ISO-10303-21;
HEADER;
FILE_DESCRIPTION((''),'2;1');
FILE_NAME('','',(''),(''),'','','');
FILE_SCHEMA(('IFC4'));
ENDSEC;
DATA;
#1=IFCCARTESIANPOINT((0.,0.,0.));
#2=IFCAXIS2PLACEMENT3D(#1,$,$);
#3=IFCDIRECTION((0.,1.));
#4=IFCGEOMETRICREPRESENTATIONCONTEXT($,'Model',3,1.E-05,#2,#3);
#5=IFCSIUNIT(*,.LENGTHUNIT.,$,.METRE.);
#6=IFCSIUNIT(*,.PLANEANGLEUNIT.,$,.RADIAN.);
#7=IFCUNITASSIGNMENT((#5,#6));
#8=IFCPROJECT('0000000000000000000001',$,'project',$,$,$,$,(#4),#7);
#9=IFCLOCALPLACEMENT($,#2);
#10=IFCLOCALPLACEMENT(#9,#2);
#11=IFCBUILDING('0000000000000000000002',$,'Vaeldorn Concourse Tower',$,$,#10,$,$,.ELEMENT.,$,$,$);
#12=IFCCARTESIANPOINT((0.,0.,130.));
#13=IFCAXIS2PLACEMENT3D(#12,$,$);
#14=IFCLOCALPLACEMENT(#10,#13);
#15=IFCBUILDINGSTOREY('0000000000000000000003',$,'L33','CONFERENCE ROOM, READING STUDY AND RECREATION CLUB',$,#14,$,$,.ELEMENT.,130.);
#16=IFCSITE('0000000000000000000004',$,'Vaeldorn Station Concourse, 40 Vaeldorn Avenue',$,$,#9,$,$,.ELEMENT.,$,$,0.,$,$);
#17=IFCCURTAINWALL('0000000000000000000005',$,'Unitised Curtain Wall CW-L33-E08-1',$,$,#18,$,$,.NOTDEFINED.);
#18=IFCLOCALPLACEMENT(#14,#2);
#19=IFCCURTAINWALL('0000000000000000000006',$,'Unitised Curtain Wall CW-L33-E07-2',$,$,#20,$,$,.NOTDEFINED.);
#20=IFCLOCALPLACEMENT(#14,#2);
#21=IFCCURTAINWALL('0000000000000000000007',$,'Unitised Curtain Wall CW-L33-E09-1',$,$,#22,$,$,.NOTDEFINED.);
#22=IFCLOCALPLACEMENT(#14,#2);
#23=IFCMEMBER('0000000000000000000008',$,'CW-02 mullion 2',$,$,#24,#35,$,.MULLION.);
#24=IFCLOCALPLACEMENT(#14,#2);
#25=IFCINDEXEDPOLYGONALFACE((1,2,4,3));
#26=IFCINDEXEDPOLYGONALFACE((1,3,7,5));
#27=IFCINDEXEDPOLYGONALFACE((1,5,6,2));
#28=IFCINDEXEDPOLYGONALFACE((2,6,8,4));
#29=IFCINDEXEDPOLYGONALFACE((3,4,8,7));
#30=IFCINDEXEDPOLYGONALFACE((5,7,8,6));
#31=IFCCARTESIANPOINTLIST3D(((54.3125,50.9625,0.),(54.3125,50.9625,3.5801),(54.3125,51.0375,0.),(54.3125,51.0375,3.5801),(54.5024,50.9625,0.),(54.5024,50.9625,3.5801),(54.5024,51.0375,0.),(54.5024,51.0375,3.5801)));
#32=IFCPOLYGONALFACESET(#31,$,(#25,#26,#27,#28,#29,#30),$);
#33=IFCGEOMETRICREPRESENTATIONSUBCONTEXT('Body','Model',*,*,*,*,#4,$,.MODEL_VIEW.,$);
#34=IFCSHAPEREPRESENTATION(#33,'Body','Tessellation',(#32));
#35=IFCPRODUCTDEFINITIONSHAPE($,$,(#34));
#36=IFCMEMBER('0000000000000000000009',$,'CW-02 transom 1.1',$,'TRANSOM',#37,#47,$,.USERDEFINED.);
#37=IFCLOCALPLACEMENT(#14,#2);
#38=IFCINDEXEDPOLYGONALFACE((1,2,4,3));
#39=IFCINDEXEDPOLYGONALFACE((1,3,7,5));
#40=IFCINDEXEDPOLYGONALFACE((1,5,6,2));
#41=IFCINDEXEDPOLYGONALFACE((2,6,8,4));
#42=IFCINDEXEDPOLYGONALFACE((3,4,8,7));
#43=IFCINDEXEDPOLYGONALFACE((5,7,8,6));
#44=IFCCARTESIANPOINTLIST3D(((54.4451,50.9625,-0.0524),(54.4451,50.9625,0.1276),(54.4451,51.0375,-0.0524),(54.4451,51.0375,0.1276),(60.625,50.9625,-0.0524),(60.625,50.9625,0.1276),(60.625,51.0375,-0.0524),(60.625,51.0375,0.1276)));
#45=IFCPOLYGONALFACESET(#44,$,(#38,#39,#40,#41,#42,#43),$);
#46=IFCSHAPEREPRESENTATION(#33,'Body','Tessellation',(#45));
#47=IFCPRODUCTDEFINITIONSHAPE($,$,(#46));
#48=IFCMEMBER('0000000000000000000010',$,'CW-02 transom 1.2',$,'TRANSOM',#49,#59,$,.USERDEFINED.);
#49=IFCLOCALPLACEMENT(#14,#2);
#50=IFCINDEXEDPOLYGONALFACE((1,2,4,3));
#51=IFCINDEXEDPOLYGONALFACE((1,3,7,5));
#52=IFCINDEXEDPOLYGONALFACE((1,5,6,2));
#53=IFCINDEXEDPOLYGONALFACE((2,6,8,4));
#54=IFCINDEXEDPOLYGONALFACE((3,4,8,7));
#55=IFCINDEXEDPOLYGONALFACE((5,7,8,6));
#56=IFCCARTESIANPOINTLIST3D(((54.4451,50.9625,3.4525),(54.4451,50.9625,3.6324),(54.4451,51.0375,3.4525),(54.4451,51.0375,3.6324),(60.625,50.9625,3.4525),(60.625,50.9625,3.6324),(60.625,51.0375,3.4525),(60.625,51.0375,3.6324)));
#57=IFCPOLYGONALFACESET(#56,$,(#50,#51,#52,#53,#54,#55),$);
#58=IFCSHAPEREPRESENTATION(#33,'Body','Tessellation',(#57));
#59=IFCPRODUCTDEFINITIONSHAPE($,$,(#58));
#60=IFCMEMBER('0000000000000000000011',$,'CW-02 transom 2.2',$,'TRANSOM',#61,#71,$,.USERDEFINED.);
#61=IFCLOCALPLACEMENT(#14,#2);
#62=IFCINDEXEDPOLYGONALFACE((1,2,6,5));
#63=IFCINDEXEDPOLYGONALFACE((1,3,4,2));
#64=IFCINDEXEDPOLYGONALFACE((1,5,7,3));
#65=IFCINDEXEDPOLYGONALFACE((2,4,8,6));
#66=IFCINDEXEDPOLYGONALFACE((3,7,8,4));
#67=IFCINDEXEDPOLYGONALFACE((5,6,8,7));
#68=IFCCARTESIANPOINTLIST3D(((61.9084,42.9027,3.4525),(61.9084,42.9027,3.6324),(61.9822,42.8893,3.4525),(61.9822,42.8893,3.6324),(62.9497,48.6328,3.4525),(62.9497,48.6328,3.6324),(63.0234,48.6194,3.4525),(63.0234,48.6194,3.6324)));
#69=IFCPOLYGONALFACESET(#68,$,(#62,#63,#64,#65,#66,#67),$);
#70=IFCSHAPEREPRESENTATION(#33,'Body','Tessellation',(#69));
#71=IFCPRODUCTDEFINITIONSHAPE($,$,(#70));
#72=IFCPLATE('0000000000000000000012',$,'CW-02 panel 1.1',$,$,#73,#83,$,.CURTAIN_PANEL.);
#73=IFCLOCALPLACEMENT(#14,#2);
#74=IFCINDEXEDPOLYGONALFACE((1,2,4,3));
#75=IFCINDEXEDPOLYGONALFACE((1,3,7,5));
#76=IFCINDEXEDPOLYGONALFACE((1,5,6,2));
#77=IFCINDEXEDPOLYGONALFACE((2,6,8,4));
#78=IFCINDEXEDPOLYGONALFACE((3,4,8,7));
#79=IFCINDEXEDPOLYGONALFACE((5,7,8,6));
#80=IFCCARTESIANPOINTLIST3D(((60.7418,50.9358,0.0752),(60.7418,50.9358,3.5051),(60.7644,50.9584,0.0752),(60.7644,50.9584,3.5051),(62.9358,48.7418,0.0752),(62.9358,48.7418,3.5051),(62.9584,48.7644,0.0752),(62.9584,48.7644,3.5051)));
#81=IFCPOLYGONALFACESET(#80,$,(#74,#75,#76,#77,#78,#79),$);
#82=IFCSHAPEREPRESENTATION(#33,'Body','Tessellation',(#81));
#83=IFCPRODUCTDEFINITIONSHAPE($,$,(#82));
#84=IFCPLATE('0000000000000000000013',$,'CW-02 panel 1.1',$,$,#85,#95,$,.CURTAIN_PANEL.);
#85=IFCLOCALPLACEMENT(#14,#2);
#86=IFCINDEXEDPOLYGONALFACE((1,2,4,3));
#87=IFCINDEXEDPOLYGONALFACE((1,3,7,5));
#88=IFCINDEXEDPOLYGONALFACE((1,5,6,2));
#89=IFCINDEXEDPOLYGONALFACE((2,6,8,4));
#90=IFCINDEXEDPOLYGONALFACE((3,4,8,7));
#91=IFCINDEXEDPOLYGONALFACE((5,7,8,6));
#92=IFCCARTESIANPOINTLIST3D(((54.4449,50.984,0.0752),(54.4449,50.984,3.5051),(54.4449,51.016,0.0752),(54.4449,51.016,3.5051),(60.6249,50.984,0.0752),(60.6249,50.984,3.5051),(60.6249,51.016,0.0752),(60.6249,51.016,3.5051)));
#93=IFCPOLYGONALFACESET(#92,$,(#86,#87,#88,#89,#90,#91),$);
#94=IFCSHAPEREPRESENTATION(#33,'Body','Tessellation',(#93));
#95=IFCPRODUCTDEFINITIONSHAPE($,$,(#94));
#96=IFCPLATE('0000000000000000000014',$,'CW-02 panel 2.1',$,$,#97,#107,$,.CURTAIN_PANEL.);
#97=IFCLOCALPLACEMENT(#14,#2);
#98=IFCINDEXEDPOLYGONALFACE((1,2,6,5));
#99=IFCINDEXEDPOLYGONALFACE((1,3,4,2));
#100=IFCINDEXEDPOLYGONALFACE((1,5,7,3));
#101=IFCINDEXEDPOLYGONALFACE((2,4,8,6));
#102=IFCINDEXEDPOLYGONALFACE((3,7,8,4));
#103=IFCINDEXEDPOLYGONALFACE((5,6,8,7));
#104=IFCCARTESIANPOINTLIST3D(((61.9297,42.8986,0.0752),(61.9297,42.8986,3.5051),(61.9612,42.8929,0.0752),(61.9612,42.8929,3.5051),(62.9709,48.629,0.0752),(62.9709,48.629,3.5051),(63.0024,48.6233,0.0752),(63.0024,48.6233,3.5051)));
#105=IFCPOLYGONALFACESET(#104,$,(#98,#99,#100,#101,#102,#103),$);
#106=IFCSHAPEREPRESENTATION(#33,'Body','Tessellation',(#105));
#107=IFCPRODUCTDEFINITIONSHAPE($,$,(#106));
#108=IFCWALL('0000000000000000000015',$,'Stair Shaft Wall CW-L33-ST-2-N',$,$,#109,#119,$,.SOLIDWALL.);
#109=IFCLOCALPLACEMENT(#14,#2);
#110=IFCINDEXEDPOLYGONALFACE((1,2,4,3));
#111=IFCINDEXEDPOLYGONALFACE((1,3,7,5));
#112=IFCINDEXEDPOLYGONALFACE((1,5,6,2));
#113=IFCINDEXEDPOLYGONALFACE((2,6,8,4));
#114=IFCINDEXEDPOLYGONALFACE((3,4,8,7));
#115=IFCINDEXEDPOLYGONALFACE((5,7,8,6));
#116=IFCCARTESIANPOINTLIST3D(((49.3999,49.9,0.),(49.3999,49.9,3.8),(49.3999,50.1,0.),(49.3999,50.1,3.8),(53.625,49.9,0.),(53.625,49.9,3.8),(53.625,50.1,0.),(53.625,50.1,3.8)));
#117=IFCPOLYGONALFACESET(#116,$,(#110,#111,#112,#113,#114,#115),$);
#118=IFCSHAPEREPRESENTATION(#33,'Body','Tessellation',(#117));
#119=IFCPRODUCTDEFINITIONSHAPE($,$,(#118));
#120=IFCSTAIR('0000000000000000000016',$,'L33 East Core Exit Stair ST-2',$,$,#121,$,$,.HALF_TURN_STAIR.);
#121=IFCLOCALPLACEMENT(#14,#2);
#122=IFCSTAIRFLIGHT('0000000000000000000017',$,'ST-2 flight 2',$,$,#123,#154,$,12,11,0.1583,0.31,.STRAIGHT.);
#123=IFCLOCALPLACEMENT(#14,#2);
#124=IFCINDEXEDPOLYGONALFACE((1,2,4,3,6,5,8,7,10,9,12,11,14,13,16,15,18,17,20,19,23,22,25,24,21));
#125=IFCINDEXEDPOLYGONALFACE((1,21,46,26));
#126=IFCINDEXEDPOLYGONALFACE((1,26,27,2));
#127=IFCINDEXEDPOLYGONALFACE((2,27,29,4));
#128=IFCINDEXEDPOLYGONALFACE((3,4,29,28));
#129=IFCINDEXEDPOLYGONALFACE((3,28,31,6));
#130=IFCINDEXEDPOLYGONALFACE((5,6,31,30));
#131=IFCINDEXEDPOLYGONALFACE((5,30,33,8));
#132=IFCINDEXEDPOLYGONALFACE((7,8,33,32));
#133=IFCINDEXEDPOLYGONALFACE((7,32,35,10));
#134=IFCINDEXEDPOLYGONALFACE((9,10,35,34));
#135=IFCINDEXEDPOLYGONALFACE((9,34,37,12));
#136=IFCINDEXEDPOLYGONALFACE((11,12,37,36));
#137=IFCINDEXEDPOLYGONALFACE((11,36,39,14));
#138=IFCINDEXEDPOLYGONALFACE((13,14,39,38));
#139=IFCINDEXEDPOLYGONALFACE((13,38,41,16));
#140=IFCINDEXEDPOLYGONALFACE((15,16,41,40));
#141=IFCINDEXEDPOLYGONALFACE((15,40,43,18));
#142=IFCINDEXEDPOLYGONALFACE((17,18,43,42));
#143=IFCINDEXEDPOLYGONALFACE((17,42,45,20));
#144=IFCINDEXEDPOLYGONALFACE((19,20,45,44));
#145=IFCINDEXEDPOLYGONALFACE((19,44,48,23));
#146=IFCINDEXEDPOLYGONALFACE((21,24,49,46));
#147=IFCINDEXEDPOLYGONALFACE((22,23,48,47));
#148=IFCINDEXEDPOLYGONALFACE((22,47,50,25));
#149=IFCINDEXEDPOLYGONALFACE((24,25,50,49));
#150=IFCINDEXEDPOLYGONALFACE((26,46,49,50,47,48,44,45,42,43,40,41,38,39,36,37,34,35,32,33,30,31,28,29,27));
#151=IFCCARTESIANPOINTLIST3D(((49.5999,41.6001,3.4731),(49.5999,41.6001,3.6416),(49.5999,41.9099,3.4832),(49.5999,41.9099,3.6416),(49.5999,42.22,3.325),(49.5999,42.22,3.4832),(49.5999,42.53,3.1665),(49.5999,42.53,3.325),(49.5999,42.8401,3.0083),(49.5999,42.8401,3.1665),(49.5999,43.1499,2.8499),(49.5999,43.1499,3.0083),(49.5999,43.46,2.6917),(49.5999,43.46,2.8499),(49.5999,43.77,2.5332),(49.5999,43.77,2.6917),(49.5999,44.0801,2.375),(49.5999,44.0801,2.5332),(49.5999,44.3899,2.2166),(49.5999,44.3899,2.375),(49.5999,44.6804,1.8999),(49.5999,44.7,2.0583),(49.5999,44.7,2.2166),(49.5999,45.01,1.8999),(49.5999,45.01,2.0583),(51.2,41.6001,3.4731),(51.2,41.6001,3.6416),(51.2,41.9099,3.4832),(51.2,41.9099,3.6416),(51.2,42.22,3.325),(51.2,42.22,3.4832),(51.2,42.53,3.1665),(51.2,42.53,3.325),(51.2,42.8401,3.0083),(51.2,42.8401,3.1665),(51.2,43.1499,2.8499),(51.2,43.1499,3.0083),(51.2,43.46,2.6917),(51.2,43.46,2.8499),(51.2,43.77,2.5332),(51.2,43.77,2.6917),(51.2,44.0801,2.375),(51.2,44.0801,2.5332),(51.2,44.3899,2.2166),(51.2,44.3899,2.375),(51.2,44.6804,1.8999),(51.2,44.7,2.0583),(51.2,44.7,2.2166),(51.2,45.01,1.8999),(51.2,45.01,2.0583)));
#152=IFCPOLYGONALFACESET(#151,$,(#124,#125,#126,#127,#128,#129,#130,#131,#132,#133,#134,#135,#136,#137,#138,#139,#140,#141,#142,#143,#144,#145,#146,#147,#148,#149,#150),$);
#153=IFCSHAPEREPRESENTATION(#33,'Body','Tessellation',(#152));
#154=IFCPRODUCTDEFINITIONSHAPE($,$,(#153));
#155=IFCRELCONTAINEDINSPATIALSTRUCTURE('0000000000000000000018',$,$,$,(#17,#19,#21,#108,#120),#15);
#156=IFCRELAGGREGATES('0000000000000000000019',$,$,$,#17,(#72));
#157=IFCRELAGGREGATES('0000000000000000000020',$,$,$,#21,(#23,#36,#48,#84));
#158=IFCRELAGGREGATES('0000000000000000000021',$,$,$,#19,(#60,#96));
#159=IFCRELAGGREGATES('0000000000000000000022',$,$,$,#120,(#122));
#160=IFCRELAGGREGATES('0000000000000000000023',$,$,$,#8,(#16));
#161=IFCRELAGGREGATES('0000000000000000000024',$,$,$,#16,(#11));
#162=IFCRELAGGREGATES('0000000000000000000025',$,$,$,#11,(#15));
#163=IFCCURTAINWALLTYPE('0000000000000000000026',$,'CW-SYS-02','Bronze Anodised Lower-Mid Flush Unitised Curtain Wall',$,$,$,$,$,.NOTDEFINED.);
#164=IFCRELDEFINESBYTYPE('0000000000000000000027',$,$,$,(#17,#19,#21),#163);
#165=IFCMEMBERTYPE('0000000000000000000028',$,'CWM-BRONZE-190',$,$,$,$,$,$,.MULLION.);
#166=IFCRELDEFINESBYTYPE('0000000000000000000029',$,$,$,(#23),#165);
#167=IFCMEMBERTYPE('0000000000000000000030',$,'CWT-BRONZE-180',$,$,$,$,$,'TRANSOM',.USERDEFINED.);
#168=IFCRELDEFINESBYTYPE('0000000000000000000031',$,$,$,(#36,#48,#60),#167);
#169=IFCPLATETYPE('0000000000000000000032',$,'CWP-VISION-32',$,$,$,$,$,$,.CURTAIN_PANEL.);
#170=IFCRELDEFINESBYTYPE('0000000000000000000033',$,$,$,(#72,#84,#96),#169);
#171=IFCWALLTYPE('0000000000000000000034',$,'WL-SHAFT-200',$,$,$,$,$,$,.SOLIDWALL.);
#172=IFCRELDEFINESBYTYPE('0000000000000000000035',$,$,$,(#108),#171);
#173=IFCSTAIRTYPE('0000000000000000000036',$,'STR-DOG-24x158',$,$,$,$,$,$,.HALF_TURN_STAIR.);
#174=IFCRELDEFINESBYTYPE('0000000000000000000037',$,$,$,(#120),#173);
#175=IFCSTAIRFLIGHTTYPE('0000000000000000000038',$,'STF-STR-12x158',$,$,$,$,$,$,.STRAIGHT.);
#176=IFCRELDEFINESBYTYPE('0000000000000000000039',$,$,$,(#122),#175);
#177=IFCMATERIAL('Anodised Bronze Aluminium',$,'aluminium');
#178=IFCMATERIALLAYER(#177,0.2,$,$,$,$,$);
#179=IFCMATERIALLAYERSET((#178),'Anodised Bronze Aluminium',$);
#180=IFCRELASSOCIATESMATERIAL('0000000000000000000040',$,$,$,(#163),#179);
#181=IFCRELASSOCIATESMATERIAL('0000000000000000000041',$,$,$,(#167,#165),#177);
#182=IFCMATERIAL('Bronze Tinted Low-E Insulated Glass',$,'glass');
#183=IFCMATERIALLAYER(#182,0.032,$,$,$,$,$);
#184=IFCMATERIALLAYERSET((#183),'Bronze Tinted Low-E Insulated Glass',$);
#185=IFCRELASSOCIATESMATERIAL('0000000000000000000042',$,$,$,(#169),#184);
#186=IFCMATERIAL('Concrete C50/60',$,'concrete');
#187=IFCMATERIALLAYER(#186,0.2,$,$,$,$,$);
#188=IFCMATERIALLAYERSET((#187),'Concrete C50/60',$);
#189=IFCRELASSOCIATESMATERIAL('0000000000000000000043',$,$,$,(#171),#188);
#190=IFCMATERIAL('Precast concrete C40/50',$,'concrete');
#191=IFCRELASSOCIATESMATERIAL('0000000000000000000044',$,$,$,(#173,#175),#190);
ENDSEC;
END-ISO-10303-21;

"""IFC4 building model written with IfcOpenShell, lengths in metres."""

from ifc_helpers import new_model, si_unit, direction, frame, frame_2d, origin, origin_2d, place, context, subcontext, project, spatial, polyline, rectangle, outline, extrude, source, transform, mapped, material, layer, layer_set, material_profile, profile_set, type_object, element, aggregate, save


model = new_model("IFC4")

# Units and contexts
model_context = context("Model", 3, precision=1e-05, world=origin(), true_north=direction((0.0, 1.0)))
body_context = subcontext(model_context, "Body", "Model", "MODEL_VIEW")
ifc_project = project(units=[si_unit("LENGTHUNIT", "METRE"), si_unit("PLANEANGLEUNIT", "RADIAN")], contexts=[model_context])

# Site, building, storey
site_placement = place(None, origin())
site = spatial("IfcSite", under=ifc_project, at=site_placement, Name="Vaeldorn Station Concourse, 40 Vaeldorn Avenue", CompositionType="ELEMENT", RefElevation=0.0)
building_placement = place(site_placement, origin())
building = spatial("IfcBuilding", under=site, at=building_placement, Name="Vaeldorn Concourse Tower", CompositionType="ELEMENT")
storey_placement = place(building_placement, frame((0.0, 0.0, 130.0)))
storey = spatial("IfcBuildingStorey", under=building, at=storey_placement, Name="L33", Description="CONFERENCE ROOM, READING STUDY AND RECREATION CLUB", CompositionType="ELEMENT", Elevation=130.0)

# Curtain wall
ifc_material_1 = material(Name="Anodised Bronze Aluminium", Category="aluminium")
ifc_layer_1 = layer(ifc_material_1, 0.2)
ifc_layer_set_1 = layer_set([ifc_layer_1], Name="Anodised Bronze Aluminium")
curtain_wall_type = type_object("IfcCurtainWallType", Name="CW-SYS-02", Description="Bronze Anodised Lower-Mid Flush Unitised Curtain Wall", PredefinedType="NOTDEFINED", material=ifc_layer_set_1)
curtain_wall_1_placement = place(storey_placement, origin())
curtain_wall_1 = element("IfcCurtainWall", 1, at=curtain_wall_1_placement, inside=storey, type_object=curtain_wall_type, Name="Unitised Curtain Wall CW-L33-E08-1", PredefinedType="NOTDEFINED")
ifc_material_profile_1 = material_profile(ifc_material_1, rectangle(XDim=0.075, YDim=0.1799, at=origin_2d()), Name="CWT 75x180")
ifc_profile_set_1 = profile_set([ifc_material_profile_1], Name="Anodised Bronze Aluminium")
member_type_1 = type_object("IfcMemberType", Name="CWT-BRONZE-180", ElementType="TRANSOM", PredefinedType="USERDEFINED", material=ifc_profile_set_1)

# Curtain wall
curtain_wall_2_placement = place(storey_placement, origin())
curtain_wall_2 = element("IfcCurtainWall", 2, at=curtain_wall_2_placement, inside=storey, type_object=curtain_wall_type, Name="Unitised Curtain Wall CW-L33-E07-2", PredefinedType="NOTDEFINED")
ifc_material_profile_2 = material_profile(ifc_material_1, rectangle(XDim=0.075, YDim=0.1899, at=origin_2d()), Name="CWM 75x190")
ifc_profile_set_2 = profile_set([ifc_material_profile_2], Name="Anodised Bronze Aluminium")
member_type_2 = type_object("IfcMemberType", Name="CWM-BRONZE-190", PredefinedType="MULLION", material=ifc_profile_set_2)
shared_shape_1 = source(origin(), body_context, "Body", "SweptSolid", [
    extrude(rectangle(XDim=0.075, YDim=0.1899, at=origin_2d()), origin(), (0.0, 0.0, 1.0), 3.5801),
])

# Curtain wall, members
curtain_wall_3_placement = place(storey_placement, origin())
curtain_wall_3 = element("IfcCurtainWall", 3, at=curtain_wall_3_placement, inside=storey, type_object=curtain_wall_type, Name="Unitised Curtain Wall CW-L33-E09-1", PredefinedType="NOTDEFINED")
member_1_placement = place(storey_placement, frame((54.4075, 51.0, 0.0), z_axis=(0.0, 0.0, 1.0), x_axis=(0.0, -1.0, 0.0)))
member_1 = element("IfcMember", 4, at=member_1_placement, type_object=member_type_2, Name="CW-02 mullion 2", PredefinedType="MULLION", context=body_context, shape_type="MappedRepresentation", body=[
    mapped(shared_shape_1, transform((0.0, 0.0, 0.0), scale=1.0)),
])
shared_shape_2 = source(origin(), body_context, "Body", "SweptSolid", [
    extrude(rectangle(XDim=0.075, YDim=0.1799, at=origin_2d()), origin(), (0.0, 0.0, 1.0), 6.1799),
])
member_2_placement = place(storey_placement, frame((60.625, 51.0, 0.0376), z_axis=(-1.0, 0.0, 0.0), x_axis=(0.0, -1.0, 0.0)))
member_2 = element("IfcMember", 5, at=member_2_placement, type_object=member_type_1, Name="CW-02 transom 1.1", ObjectType="TRANSOM", PredefinedType="USERDEFINED", context=body_context, shape_type="MappedRepresentation", body=[
    mapped(shared_shape_2, transform((0.0, 0.0, 0.0), scale=1.0)),
])
member_3_placement = place(storey_placement, frame((60.625, 51.0, 3.5425), z_axis=(-1.0, 0.0, 0.0), x_axis=(0.0, -1.0, 0.0)))
member_3 = element("IfcMember", 6, at=member_3_placement, type_object=member_type_1, Name="CW-02 transom 1.2", ObjectType="TRANSOM", PredefinedType="USERDEFINED", context=body_context, shape_type="MappedRepresentation", body=[
    mapped(shared_shape_2, transform((0.0, 0.0, 0.0), scale=1.0)),
])

# Member
shared_shape_3 = source(origin(), body_context, "Body", "SweptSolid", [
    extrude(rectangle(XDim=0.075, YDim=0.1799, at=origin_2d()), origin(), (0.0, 0.0, 1.0), 5.824),
])
member_4_placement = place(storey_placement, frame((61.9453, 42.896, 3.5425), z_axis=(0.178786, 0.983888, 0.0), x_axis=(-0.983888, 0.178786, 0.0)))
member_4 = element("IfcMember", 7, at=member_4_placement, type_object=member_type_1, Name="CW-02 transom 2.2", ObjectType="TRANSOM", PredefinedType="USERDEFINED", context=body_context, shape_type="MappedRepresentation", body=[
    mapped(shared_shape_3, transform((0.0, 0.0, 0.0), scale=1.0)),
])

# Plates
ifc_material_2 = material(Name="Bronze Tinted Low-E Insulated Glass", Category="glass")
ifc_layer_2 = layer(ifc_material_2, 0.032)
ifc_layer_set_2 = layer_set([ifc_layer_2], Name="Bronze Tinted Low-E Insulated Glass")
plate_type = type_object("IfcPlateType", Name="CWP-VISION-32", PredefinedType="CURTAIN_PANEL", material=ifc_layer_set_2)
shared_shape_4 = source(origin(), body_context, "Body", "SweptSolid", [
    extrude(rectangle(XDim=3.1028, YDim=0.032, at=origin_2d()), origin(), (0.0, 0.0, 1.0), 3.4299),
])
plate_1_placement = place(storey_placement, frame((61.8501, 49.8501, 0.0752), z_axis=(0.0, 0.0, 1.0), x_axis=(-0.707107, 0.707107, 0.0)))
plate_1 = element("IfcPlate", 8, at=plate_1_placement, type_object=plate_type, Name="CW-02 panel 1.1", PredefinedType="CURTAIN_PANEL", context=body_context, shape_type="MappedRepresentation", body=[
    mapped(shared_shape_4, transform((0.0, 0.0, 0.0), scale=1.0)),
])
aggregate(curtain_wall_1, [plate_1])
shared_shape_5 = source(origin(), body_context, "Body", "SweptSolid", [
    extrude(rectangle(XDim=6.1799, YDim=0.032, at=origin_2d()), origin(), (0.0, 0.0, 1.0), 3.4299),
])
plate_2_placement = place(storey_placement, frame((57.5349, 51.0, 0.0752), z_axis=(0.0, 0.0, 1.0), x_axis=(-1.0, 0.0, 0.0)))
plate_2 = element("IfcPlate", 9, at=plate_2_placement, type_object=plate_type, Name="CW-02 panel 1.1", PredefinedType="CURTAIN_PANEL", context=body_context, shape_type="MappedRepresentation", body=[
    mapped(shared_shape_5, transform((0.0, 0.0, 0.0), scale=1.0)),
])
aggregate(curtain_wall_3, [member_1, member_2, member_3, plate_2])
shared_shape_6 = source(origin(), body_context, "Body", "SweptSolid", [
    extrude(rectangle(XDim=5.8242, YDim=0.032, at=origin_2d()), origin(), (0.0, 0.0, 1.0), 3.4299),
])
plate_3_placement = place(storey_placement, frame((62.4661, 45.761, 0.0752), z_axis=(0.0, 0.0, 1.0), x_axis=(0.178771, 0.983891, 0.0)))
plate_3 = element("IfcPlate", 10, at=plate_3_placement, type_object=plate_type, Name="CW-02 panel 2.1", PredefinedType="CURTAIN_PANEL", context=body_context, shape_type="MappedRepresentation", body=[
    mapped(shared_shape_6, transform((0.0, 0.0, 0.0), scale=1.0)),
])
aggregate(curtain_wall_2, [member_4, plate_3])

# Wall
ifc_material_3 = material(Name="Concrete C50/60", Category="concrete")
ifc_layer_3 = layer(ifc_material_3, 0.2)
ifc_layer_set_3 = layer_set([ifc_layer_3], Name="Concrete C50/60")
wall_type = type_object("IfcWallType", Name="WL-SHAFT-200", PredefinedType="SOLIDWALL", material=ifc_layer_set_3)
wall_placement = place(storey_placement, frame((49.3999, 50.0, 0.0), z_axis=(0.0, 0.0, 1.0), x_axis=(1.0, 0.0, 0.0)))
element("IfcWall", 11, at=wall_placement, inside=storey, type_object=wall_type, Name="Stair Shaft Wall CW-L33-ST-2-N", PredefinedType="SOLIDWALL", context=body_context, shape_type="SweptSolid", body=[
    extrude(rectangle(XDim=4.2251, YDim=0.2, at=frame_2d((2.1125, 0.0))), origin(), (0.0, 0.0, 1.0), 3.8),
])

# Stair, stair flight
ifc_material_4 = material(Name="Precast concrete C40/50", Category="concrete")
stair_type = type_object("IfcStairType", Name="STR-DOG-24x158", PredefinedType="HALF_TURN_STAIR", material=ifc_material_4)
stair_placement = place(storey_placement, origin())
stair = element("IfcStair", 12, at=stair_placement, inside=storey, type_object=stair_type, Name="L33 East Core Exit Stair ST-2", PredefinedType="HALF_TURN_STAIR")
stair_flight_type = type_object("IfcStairFlightType", Name="STF-STR-12x158", PredefinedType="STRAIGHT", material=ifc_material_4)
stair_flight_placement = place(storey_placement, frame((50.3999, 45.01, 1.8999), z_axis=(0.0, 0.0, 1.0), x_axis=(0.0, -1.0, 0.0)))
stair_flight = element("IfcStairFlight", 13, at=stair_flight_placement, type_object=stair_flight_type, Name="ST-2 flight 2", NumberOfRisers=12, NumberOfTreads=11, PredefinedType="STRAIGHT", RiserHeight=0.1583, TreadLength=0.31, context=body_context, shape_type="SweptSolid", body=[
    extrude(outline(polyline([(0.0, 0.0), (0.0, 0.1584), (0.3101, 0.1584), (0.3101, 0.3167), (0.6201, 0.3167), (0.6201, 0.4751), (0.9299, 0.4751), (0.9299, 0.6333), (1.24, 0.6333), (1.24, 0.7917), (1.55, 0.7917), (1.55, 0.95), (1.8601, 0.95), (1.8601, 1.1084), (2.1699, 1.1084), (2.1699, 1.2666), (2.48, 1.2666), (2.48, 1.425), (2.79, 1.425), (2.79, 1.5833), (3.1001, 1.5833), (3.1001, 1.7417), (3.4099, 1.7417), (3.4099, 1.8999), (3.4099, 1.5732), (0.3296, 0.0), (0.0, 0.0)])), frame((0.0, 0.8, 0.0), z_axis=(0.0, -1.0, 0.0), x_axis=(1.0, 0.0, 0.0)), (0.0, 0.0, 1.0), 1.6001),
])
aggregate(stair, [stair_flight])

save(model, "model.ifc")
